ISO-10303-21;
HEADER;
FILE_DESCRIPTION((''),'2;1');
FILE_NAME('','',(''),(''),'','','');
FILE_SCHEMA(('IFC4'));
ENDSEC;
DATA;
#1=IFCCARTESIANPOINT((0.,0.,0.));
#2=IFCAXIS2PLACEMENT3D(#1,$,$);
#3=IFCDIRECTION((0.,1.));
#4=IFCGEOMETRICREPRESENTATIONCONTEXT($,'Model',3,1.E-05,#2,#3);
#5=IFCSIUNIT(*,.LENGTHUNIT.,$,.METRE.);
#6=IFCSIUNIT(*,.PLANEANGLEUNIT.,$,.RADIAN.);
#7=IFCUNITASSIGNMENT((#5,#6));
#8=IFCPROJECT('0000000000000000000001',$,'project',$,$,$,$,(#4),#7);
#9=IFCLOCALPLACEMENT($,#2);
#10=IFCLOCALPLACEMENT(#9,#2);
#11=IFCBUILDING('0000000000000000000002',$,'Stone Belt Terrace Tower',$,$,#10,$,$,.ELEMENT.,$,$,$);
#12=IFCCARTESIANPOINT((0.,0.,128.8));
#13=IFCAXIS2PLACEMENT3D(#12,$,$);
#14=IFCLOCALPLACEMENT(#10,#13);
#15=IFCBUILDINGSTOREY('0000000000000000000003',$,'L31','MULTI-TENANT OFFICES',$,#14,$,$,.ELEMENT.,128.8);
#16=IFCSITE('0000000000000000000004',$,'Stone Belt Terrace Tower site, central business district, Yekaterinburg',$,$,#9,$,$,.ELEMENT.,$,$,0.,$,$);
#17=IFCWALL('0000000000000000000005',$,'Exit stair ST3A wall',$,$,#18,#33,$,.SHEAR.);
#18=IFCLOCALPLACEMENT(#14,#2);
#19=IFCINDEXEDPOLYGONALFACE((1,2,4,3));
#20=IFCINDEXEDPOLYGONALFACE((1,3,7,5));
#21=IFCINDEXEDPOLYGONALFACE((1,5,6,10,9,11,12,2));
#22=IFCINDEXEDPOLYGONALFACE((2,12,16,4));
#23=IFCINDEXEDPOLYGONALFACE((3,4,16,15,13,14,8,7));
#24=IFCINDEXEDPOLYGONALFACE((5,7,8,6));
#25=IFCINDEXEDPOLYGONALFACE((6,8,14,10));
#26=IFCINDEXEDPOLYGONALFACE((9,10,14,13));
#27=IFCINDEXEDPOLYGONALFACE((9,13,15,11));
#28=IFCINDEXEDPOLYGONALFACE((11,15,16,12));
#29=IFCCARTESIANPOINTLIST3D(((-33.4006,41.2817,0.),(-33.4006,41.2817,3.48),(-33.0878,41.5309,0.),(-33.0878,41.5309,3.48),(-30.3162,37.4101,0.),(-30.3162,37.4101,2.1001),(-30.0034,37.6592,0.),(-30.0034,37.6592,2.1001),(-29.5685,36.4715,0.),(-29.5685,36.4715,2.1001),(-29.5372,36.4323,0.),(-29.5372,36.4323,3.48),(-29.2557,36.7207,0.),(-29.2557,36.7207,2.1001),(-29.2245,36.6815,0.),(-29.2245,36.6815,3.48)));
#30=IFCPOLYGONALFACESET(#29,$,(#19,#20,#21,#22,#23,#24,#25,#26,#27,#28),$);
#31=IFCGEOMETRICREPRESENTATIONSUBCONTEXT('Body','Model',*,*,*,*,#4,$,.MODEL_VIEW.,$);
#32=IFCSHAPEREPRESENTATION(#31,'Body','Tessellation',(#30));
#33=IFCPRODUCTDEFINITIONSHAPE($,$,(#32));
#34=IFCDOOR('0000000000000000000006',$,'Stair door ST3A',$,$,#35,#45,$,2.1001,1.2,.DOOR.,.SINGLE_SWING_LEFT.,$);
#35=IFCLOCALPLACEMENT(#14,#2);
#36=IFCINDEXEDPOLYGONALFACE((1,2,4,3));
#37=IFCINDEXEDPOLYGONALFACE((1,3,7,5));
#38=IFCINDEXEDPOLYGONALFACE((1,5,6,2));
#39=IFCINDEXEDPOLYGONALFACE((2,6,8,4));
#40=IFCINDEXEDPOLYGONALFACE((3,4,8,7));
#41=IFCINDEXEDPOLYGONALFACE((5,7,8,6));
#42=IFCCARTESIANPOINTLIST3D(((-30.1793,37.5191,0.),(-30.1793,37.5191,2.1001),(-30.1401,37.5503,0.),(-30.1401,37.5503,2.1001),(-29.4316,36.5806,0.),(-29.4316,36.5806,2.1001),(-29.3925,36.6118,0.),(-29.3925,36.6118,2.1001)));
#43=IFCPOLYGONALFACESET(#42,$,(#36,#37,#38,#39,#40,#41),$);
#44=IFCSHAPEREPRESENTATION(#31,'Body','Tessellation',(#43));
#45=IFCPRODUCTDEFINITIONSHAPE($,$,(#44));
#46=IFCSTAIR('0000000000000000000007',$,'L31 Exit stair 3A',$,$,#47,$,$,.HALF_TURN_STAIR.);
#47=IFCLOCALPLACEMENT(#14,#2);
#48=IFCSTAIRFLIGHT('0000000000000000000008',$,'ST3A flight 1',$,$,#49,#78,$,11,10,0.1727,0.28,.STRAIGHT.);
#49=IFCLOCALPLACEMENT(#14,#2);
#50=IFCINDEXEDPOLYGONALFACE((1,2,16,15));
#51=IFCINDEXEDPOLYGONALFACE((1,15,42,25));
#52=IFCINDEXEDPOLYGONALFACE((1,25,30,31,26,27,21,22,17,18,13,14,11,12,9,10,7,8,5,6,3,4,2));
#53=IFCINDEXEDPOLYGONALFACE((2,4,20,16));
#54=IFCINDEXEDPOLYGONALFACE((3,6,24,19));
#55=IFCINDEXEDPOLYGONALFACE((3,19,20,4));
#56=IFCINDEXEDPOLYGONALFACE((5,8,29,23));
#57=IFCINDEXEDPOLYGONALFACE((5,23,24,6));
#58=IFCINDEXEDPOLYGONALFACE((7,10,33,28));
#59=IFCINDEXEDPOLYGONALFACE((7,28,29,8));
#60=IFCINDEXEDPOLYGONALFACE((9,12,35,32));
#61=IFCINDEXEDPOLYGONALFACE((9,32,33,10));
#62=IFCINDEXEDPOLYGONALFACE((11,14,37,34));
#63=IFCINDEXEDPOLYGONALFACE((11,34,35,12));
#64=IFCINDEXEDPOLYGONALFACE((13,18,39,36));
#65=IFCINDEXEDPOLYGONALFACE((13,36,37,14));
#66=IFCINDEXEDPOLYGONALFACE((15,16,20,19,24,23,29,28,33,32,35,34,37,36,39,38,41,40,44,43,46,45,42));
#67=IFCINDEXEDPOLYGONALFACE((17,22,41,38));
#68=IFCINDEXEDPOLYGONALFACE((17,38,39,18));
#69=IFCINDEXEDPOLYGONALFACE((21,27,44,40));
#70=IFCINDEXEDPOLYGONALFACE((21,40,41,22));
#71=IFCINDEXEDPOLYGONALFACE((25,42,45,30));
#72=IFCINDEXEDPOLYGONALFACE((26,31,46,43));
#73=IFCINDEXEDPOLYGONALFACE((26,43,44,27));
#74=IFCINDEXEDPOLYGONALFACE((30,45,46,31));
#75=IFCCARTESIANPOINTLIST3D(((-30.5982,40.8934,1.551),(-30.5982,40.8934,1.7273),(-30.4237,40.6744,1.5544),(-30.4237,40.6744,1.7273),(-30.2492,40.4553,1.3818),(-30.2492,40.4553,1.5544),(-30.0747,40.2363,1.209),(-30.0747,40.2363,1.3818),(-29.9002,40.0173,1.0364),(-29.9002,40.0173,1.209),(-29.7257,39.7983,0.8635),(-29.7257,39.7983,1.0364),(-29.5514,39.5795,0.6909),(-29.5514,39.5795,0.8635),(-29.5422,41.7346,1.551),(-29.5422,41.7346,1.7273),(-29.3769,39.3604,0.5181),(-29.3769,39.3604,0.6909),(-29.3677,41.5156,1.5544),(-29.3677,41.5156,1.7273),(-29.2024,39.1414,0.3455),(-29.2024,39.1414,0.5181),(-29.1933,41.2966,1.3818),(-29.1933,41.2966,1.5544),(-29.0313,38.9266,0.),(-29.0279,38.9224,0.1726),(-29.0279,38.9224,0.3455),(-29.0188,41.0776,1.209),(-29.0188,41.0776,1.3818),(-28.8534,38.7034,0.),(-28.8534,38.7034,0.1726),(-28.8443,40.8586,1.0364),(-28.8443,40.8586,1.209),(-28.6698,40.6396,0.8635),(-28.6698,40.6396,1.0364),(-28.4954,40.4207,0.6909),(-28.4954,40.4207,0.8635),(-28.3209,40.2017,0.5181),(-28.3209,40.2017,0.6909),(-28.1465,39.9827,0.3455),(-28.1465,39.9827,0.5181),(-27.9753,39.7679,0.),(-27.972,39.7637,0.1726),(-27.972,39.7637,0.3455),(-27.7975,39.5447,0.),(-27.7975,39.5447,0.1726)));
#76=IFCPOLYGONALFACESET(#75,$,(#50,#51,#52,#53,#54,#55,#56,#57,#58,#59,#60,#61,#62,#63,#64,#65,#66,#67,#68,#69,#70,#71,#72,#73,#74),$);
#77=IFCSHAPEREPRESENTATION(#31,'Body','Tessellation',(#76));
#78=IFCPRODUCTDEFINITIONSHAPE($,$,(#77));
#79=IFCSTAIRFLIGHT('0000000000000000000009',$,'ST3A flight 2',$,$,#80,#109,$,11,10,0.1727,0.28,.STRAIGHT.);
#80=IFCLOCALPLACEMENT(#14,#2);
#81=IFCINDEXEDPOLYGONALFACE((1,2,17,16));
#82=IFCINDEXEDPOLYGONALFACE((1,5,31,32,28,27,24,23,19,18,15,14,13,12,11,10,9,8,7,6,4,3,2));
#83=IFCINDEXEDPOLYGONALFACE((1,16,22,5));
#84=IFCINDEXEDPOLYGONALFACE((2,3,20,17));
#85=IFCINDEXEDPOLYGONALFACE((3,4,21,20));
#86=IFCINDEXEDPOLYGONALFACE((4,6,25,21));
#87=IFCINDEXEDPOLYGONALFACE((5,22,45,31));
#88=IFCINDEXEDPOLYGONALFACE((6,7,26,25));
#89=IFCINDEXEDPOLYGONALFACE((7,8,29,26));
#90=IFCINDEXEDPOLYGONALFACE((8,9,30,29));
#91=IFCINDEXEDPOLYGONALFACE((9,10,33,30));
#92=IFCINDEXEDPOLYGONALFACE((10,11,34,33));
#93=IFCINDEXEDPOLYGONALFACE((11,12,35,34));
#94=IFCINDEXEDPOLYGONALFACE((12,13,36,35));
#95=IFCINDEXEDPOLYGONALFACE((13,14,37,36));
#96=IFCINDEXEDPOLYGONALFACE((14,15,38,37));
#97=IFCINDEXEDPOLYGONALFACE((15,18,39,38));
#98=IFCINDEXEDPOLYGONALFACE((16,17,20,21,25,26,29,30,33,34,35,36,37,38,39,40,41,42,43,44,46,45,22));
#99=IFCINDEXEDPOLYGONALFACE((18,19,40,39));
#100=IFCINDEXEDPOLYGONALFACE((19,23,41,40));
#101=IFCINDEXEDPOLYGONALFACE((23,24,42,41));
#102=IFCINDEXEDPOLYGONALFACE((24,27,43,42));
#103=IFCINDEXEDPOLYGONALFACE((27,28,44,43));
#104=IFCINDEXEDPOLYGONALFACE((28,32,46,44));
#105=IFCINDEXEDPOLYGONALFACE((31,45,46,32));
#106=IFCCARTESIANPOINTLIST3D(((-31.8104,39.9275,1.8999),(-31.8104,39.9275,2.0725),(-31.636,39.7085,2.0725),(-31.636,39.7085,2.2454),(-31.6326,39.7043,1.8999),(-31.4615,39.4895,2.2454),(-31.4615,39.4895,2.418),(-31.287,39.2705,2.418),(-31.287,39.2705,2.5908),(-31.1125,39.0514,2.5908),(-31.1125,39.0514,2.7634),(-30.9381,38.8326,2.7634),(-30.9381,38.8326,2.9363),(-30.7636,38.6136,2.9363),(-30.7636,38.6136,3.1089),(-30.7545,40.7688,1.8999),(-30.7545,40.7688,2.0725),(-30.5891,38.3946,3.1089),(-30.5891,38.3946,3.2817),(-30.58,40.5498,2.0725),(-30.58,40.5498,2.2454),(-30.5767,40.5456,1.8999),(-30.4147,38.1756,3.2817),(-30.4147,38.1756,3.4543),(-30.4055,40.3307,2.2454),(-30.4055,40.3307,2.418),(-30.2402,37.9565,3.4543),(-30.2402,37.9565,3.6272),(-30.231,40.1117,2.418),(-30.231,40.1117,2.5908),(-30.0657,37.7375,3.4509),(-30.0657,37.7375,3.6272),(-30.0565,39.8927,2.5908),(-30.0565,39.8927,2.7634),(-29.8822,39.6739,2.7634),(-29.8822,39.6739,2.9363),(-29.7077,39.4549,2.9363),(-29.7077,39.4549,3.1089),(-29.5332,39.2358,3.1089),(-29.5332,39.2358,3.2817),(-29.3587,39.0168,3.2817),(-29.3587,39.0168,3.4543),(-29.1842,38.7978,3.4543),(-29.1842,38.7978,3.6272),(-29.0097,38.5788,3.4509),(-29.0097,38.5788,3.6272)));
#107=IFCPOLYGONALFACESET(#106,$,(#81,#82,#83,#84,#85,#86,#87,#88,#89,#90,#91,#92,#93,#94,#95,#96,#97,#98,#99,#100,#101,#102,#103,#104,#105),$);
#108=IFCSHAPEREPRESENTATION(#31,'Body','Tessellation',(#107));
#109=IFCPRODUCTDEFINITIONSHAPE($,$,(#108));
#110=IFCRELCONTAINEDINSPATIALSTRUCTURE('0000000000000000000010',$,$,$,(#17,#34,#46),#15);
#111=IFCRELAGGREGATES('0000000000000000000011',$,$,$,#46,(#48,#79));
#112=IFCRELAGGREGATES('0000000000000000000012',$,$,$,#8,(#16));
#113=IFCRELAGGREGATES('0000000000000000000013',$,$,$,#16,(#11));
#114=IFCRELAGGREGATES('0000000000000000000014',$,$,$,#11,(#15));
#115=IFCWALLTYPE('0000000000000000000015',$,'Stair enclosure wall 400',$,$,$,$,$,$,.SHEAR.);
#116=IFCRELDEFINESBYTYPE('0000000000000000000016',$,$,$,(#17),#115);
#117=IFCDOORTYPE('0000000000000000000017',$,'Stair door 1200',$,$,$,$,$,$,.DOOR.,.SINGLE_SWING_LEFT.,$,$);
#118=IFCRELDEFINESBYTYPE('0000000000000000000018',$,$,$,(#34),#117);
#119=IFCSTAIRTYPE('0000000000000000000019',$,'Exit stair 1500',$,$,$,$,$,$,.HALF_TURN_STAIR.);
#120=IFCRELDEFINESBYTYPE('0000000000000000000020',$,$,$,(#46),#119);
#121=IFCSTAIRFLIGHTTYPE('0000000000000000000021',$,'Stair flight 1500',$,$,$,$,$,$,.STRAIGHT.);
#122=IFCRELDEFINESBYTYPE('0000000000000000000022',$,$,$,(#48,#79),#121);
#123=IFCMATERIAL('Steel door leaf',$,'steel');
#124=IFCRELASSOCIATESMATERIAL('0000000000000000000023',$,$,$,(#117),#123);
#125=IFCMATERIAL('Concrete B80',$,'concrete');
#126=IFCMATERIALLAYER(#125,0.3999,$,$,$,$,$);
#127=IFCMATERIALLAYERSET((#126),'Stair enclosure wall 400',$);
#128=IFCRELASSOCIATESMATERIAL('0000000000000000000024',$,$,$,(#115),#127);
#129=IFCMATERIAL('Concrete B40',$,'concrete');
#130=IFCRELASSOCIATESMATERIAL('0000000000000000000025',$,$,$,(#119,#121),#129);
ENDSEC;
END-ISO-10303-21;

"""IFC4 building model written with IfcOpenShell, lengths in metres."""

from ifc_helpers import new_model, si_unit, direction, frame, frame_2d, origin, place, context, subcontext, project, spatial, polyline, rectangle, outline, extrude, material, layer, layer_set, type_object, element, fill, aggregate, save


model = new_model("IFC4")

# Units and contexts
model_context = context("Model", 3, precision=1e-05, world=origin(), true_north=direction((0.0, 1.0)))
body_context = subcontext(model_context, "Body", "Model", "MODEL_VIEW")
ifc_project = project(units=[si_unit("LENGTHUNIT", "METRE"), si_unit("PLANEANGLEUNIT", "RADIAN")], contexts=[model_context])

# Site, building, storey
site_placement = place(None, origin())
site = spatial("IfcSite", under=ifc_project, at=site_placement, Name="Stone Belt Terrace Tower site, central business district, Yekaterinburg", CompositionType="ELEMENT", RefElevation=0.0)
building_placement = place(site_placement, origin())
building = spatial("IfcBuilding", under=site, at=building_placement, Name="Stone Belt Terrace Tower", CompositionType="ELEMENT")
storey_placement = place(building_placement, frame((0.0, 0.0, 128.8)))
storey = spatial("IfcBuildingStorey", under=building, at=storey_placement, Name="L31", Description="MULTI-TENANT OFFICES", CompositionType="ELEMENT", Elevation=128.8)

# Shared definitions
ifc_material_1 = material(Name="Concrete B80", Category="concrete")

# Shared definitions
ifc_material_2 = material(Name="Steel door leaf", Category="steel")
door_type_1 = type_object("IfcDoorType", Name="Stair door 1200", OperationType="SINGLE_SWING_LEFT", PredefinedType="DOOR", material=ifc_material_2)

# Shared definitions
ifc_layer_1 = layer(ifc_material_1, 0.3999)
ifc_layer_set_1 = layer_set([ifc_layer_1], Name="Stair enclosure wall 400")
wall_type_1 = type_object("IfcWallType", Name="Stair enclosure wall 400", PredefinedType="SHEAR", material=ifc_layer_set_1)

# Wall, opening, door
wall_1_placement = place(storey_placement, frame((-29.3809, 36.5569, 0.0), z_axis=(0.0, 0.0, 1.0), x_axis=(-0.623099, 0.782143, 0.0)))
wall_1 = element("IfcWall", 1, at=wall_1_placement, inside=storey, type_object=wall_type_1, Name="Exit stair ST3A wall", PredefinedType="SHEAR", context=body_context, shape_type="SweptSolid", body=[
    extrude(rectangle(XDim=6.2002, YDim=0.3999, at=frame_2d((3.1001, 0.0))), origin(), (0.0, 0.0, 1.0), 3.48),
])
opening_1_placement = place(wall_1_placement, frame((0.05, 0.0, 0.0)))
opening_1 = element("IfcOpeningElement", 2, at=opening_1_placement, cuts=wall_1, PredefinedType="OPENING", context=body_context, shape_type="SweptSolid", body=[
    extrude(rectangle(XDim=1.2, YDim=2.1001, at=frame_2d((0.6001, 1.05))), frame((0.0, 0.21, 0.0), z_axis=(0.0, -1.0, 0.0), x_axis=(1.0, 0.0, 0.0)), (0.0, 0.0, 1.0), 0.4199),
])
door_1_placement = place(opening_1_placement, origin())
door_1 = element("IfcDoor", 3, at=door_1_placement, inside=storey, type_object=door_type_1, Name="Stair door ST3A", OperationType="SINGLE_SWING_LEFT", OverallHeight=2.1001, OverallWidth=1.2, PredefinedType="DOOR", context=body_context, shape_type="SweptSolid", body=[
    extrude(rectangle(XDim=1.2, YDim=2.1001, at=frame_2d((0.6001, 1.05))), frame((0.0, 0.0249, 0.0), z_axis=(0.0, -1.0, 0.0), x_axis=(1.0, 0.0, 0.0)), (0.0, 0.0, 1.0), 0.05),
])
fill(opening_1, door_1)

# Stair, stair flights
ifc_material_3 = material(Name="Concrete B40", Category="concrete")
stair_type = type_object("IfcStairType", Name="Exit stair 1500", PredefinedType="HALF_TURN_STAIR", material=ifc_material_3)
stair_placement = place(storey_placement, origin())
stair = element("IfcStair", 4, at=stair_placement, inside=storey, type_object=stair_type, Name="L31 Exit stair 3A", PredefinedType="HALF_TURN_STAIR")
stair_flight_type = type_object("IfcStairFlightType", Name="Stair flight 1500", PredefinedType="STRAIGHT", material=ifc_material_3)
stair_flight_1_placement = place(storey_placement, frame((-28.3254, 39.124, 0.0), z_axis=(0.0, 0.0, 1.0), x_axis=(-0.623121, 0.782125, 0.0)))
stair_flight_1 = element("IfcStairFlight", 5, at=stair_flight_1_placement, type_object=stair_flight_type, Name="ST3A flight 1", NumberOfRisers=11, NumberOfTreads=10, PredefinedType="STRAIGHT", RiserHeight=0.1727, TreadLength=0.28, context=body_context, shape_type="SweptSolid", body=[
    extrude(outline(polyline([(0.0, 0.0), (0.0, 0.1726), (0.28, 0.1726), (0.28, 0.3455), (0.5601, 0.3455), (0.5601, 0.5181), (0.8401, 0.5181), (0.8401, 0.6909), (1.1201, 0.6909), (1.1201, 0.8635), (1.3999, 0.8635), (1.3999, 1.0364), (1.6799, 1.0364), (1.6799, 1.209), (1.96, 1.209), (1.96, 1.3818), (2.24, 1.3818), (2.24, 1.5544), (2.52, 1.5544), (2.52, 1.7273), (2.8, 1.7273), (2.8, 1.8999), (2.8, 1.551), (0.2854, 0.0), (0.0, 0.0)])), frame((0.0, 0.675, 0.0), z_axis=(0.0, -1.0, 0.0), x_axis=(1.0, 0.0, 0.0)), (0.0, 0.0, 1.0), 1.3501),
])
stair_flight_2_placement = place(storey_placement, frame((-31.2825, 40.3481, 1.8999), z_axis=(0.0, 0.0, 1.0), x_axis=(0.623121, -0.782125, 0.0)))
stair_flight_2 = element("IfcStairFlight", 6, at=stair_flight_2_placement, type_object=stair_flight_type, Name="ST3A flight 2", NumberOfRisers=11, NumberOfTreads=10, PredefinedType="STRAIGHT", RiserHeight=0.1727, TreadLength=0.28, context=body_context, shape_type="SweptSolid", body=[
    extrude(outline(polyline([(0.0, 0.0), (0.0, 0.1726), (0.28, 0.1726), (0.28, 0.3455), (0.5601, 0.3455), (0.5601, 0.5181), (0.8401, 0.5181), (0.8401, 0.6909), (1.1201, 0.6909), (1.1201, 0.8635), (1.3999, 0.8635), (1.3999, 1.0364), (1.6799, 1.0364), (1.6799, 1.209), (1.96, 1.209), (1.96, 1.3818), (2.24, 1.3818), (2.24, 1.5544), (2.52, 1.5544), (2.52, 1.7273), (2.8, 1.7273), (2.8, 1.8999), (2.8, 1.551), (0.2854, 0.0), (0.0, 0.0)])), frame((0.0, 0.675, 0.0), z_axis=(0.0, -1.0, 0.0), x_axis=(1.0, 0.0, 0.0)), (0.0, 0.0, 1.0), 1.3501),
])
aggregate(stair, [stair_flight_1, stair_flight_2])

save(model, "model.ifc")
